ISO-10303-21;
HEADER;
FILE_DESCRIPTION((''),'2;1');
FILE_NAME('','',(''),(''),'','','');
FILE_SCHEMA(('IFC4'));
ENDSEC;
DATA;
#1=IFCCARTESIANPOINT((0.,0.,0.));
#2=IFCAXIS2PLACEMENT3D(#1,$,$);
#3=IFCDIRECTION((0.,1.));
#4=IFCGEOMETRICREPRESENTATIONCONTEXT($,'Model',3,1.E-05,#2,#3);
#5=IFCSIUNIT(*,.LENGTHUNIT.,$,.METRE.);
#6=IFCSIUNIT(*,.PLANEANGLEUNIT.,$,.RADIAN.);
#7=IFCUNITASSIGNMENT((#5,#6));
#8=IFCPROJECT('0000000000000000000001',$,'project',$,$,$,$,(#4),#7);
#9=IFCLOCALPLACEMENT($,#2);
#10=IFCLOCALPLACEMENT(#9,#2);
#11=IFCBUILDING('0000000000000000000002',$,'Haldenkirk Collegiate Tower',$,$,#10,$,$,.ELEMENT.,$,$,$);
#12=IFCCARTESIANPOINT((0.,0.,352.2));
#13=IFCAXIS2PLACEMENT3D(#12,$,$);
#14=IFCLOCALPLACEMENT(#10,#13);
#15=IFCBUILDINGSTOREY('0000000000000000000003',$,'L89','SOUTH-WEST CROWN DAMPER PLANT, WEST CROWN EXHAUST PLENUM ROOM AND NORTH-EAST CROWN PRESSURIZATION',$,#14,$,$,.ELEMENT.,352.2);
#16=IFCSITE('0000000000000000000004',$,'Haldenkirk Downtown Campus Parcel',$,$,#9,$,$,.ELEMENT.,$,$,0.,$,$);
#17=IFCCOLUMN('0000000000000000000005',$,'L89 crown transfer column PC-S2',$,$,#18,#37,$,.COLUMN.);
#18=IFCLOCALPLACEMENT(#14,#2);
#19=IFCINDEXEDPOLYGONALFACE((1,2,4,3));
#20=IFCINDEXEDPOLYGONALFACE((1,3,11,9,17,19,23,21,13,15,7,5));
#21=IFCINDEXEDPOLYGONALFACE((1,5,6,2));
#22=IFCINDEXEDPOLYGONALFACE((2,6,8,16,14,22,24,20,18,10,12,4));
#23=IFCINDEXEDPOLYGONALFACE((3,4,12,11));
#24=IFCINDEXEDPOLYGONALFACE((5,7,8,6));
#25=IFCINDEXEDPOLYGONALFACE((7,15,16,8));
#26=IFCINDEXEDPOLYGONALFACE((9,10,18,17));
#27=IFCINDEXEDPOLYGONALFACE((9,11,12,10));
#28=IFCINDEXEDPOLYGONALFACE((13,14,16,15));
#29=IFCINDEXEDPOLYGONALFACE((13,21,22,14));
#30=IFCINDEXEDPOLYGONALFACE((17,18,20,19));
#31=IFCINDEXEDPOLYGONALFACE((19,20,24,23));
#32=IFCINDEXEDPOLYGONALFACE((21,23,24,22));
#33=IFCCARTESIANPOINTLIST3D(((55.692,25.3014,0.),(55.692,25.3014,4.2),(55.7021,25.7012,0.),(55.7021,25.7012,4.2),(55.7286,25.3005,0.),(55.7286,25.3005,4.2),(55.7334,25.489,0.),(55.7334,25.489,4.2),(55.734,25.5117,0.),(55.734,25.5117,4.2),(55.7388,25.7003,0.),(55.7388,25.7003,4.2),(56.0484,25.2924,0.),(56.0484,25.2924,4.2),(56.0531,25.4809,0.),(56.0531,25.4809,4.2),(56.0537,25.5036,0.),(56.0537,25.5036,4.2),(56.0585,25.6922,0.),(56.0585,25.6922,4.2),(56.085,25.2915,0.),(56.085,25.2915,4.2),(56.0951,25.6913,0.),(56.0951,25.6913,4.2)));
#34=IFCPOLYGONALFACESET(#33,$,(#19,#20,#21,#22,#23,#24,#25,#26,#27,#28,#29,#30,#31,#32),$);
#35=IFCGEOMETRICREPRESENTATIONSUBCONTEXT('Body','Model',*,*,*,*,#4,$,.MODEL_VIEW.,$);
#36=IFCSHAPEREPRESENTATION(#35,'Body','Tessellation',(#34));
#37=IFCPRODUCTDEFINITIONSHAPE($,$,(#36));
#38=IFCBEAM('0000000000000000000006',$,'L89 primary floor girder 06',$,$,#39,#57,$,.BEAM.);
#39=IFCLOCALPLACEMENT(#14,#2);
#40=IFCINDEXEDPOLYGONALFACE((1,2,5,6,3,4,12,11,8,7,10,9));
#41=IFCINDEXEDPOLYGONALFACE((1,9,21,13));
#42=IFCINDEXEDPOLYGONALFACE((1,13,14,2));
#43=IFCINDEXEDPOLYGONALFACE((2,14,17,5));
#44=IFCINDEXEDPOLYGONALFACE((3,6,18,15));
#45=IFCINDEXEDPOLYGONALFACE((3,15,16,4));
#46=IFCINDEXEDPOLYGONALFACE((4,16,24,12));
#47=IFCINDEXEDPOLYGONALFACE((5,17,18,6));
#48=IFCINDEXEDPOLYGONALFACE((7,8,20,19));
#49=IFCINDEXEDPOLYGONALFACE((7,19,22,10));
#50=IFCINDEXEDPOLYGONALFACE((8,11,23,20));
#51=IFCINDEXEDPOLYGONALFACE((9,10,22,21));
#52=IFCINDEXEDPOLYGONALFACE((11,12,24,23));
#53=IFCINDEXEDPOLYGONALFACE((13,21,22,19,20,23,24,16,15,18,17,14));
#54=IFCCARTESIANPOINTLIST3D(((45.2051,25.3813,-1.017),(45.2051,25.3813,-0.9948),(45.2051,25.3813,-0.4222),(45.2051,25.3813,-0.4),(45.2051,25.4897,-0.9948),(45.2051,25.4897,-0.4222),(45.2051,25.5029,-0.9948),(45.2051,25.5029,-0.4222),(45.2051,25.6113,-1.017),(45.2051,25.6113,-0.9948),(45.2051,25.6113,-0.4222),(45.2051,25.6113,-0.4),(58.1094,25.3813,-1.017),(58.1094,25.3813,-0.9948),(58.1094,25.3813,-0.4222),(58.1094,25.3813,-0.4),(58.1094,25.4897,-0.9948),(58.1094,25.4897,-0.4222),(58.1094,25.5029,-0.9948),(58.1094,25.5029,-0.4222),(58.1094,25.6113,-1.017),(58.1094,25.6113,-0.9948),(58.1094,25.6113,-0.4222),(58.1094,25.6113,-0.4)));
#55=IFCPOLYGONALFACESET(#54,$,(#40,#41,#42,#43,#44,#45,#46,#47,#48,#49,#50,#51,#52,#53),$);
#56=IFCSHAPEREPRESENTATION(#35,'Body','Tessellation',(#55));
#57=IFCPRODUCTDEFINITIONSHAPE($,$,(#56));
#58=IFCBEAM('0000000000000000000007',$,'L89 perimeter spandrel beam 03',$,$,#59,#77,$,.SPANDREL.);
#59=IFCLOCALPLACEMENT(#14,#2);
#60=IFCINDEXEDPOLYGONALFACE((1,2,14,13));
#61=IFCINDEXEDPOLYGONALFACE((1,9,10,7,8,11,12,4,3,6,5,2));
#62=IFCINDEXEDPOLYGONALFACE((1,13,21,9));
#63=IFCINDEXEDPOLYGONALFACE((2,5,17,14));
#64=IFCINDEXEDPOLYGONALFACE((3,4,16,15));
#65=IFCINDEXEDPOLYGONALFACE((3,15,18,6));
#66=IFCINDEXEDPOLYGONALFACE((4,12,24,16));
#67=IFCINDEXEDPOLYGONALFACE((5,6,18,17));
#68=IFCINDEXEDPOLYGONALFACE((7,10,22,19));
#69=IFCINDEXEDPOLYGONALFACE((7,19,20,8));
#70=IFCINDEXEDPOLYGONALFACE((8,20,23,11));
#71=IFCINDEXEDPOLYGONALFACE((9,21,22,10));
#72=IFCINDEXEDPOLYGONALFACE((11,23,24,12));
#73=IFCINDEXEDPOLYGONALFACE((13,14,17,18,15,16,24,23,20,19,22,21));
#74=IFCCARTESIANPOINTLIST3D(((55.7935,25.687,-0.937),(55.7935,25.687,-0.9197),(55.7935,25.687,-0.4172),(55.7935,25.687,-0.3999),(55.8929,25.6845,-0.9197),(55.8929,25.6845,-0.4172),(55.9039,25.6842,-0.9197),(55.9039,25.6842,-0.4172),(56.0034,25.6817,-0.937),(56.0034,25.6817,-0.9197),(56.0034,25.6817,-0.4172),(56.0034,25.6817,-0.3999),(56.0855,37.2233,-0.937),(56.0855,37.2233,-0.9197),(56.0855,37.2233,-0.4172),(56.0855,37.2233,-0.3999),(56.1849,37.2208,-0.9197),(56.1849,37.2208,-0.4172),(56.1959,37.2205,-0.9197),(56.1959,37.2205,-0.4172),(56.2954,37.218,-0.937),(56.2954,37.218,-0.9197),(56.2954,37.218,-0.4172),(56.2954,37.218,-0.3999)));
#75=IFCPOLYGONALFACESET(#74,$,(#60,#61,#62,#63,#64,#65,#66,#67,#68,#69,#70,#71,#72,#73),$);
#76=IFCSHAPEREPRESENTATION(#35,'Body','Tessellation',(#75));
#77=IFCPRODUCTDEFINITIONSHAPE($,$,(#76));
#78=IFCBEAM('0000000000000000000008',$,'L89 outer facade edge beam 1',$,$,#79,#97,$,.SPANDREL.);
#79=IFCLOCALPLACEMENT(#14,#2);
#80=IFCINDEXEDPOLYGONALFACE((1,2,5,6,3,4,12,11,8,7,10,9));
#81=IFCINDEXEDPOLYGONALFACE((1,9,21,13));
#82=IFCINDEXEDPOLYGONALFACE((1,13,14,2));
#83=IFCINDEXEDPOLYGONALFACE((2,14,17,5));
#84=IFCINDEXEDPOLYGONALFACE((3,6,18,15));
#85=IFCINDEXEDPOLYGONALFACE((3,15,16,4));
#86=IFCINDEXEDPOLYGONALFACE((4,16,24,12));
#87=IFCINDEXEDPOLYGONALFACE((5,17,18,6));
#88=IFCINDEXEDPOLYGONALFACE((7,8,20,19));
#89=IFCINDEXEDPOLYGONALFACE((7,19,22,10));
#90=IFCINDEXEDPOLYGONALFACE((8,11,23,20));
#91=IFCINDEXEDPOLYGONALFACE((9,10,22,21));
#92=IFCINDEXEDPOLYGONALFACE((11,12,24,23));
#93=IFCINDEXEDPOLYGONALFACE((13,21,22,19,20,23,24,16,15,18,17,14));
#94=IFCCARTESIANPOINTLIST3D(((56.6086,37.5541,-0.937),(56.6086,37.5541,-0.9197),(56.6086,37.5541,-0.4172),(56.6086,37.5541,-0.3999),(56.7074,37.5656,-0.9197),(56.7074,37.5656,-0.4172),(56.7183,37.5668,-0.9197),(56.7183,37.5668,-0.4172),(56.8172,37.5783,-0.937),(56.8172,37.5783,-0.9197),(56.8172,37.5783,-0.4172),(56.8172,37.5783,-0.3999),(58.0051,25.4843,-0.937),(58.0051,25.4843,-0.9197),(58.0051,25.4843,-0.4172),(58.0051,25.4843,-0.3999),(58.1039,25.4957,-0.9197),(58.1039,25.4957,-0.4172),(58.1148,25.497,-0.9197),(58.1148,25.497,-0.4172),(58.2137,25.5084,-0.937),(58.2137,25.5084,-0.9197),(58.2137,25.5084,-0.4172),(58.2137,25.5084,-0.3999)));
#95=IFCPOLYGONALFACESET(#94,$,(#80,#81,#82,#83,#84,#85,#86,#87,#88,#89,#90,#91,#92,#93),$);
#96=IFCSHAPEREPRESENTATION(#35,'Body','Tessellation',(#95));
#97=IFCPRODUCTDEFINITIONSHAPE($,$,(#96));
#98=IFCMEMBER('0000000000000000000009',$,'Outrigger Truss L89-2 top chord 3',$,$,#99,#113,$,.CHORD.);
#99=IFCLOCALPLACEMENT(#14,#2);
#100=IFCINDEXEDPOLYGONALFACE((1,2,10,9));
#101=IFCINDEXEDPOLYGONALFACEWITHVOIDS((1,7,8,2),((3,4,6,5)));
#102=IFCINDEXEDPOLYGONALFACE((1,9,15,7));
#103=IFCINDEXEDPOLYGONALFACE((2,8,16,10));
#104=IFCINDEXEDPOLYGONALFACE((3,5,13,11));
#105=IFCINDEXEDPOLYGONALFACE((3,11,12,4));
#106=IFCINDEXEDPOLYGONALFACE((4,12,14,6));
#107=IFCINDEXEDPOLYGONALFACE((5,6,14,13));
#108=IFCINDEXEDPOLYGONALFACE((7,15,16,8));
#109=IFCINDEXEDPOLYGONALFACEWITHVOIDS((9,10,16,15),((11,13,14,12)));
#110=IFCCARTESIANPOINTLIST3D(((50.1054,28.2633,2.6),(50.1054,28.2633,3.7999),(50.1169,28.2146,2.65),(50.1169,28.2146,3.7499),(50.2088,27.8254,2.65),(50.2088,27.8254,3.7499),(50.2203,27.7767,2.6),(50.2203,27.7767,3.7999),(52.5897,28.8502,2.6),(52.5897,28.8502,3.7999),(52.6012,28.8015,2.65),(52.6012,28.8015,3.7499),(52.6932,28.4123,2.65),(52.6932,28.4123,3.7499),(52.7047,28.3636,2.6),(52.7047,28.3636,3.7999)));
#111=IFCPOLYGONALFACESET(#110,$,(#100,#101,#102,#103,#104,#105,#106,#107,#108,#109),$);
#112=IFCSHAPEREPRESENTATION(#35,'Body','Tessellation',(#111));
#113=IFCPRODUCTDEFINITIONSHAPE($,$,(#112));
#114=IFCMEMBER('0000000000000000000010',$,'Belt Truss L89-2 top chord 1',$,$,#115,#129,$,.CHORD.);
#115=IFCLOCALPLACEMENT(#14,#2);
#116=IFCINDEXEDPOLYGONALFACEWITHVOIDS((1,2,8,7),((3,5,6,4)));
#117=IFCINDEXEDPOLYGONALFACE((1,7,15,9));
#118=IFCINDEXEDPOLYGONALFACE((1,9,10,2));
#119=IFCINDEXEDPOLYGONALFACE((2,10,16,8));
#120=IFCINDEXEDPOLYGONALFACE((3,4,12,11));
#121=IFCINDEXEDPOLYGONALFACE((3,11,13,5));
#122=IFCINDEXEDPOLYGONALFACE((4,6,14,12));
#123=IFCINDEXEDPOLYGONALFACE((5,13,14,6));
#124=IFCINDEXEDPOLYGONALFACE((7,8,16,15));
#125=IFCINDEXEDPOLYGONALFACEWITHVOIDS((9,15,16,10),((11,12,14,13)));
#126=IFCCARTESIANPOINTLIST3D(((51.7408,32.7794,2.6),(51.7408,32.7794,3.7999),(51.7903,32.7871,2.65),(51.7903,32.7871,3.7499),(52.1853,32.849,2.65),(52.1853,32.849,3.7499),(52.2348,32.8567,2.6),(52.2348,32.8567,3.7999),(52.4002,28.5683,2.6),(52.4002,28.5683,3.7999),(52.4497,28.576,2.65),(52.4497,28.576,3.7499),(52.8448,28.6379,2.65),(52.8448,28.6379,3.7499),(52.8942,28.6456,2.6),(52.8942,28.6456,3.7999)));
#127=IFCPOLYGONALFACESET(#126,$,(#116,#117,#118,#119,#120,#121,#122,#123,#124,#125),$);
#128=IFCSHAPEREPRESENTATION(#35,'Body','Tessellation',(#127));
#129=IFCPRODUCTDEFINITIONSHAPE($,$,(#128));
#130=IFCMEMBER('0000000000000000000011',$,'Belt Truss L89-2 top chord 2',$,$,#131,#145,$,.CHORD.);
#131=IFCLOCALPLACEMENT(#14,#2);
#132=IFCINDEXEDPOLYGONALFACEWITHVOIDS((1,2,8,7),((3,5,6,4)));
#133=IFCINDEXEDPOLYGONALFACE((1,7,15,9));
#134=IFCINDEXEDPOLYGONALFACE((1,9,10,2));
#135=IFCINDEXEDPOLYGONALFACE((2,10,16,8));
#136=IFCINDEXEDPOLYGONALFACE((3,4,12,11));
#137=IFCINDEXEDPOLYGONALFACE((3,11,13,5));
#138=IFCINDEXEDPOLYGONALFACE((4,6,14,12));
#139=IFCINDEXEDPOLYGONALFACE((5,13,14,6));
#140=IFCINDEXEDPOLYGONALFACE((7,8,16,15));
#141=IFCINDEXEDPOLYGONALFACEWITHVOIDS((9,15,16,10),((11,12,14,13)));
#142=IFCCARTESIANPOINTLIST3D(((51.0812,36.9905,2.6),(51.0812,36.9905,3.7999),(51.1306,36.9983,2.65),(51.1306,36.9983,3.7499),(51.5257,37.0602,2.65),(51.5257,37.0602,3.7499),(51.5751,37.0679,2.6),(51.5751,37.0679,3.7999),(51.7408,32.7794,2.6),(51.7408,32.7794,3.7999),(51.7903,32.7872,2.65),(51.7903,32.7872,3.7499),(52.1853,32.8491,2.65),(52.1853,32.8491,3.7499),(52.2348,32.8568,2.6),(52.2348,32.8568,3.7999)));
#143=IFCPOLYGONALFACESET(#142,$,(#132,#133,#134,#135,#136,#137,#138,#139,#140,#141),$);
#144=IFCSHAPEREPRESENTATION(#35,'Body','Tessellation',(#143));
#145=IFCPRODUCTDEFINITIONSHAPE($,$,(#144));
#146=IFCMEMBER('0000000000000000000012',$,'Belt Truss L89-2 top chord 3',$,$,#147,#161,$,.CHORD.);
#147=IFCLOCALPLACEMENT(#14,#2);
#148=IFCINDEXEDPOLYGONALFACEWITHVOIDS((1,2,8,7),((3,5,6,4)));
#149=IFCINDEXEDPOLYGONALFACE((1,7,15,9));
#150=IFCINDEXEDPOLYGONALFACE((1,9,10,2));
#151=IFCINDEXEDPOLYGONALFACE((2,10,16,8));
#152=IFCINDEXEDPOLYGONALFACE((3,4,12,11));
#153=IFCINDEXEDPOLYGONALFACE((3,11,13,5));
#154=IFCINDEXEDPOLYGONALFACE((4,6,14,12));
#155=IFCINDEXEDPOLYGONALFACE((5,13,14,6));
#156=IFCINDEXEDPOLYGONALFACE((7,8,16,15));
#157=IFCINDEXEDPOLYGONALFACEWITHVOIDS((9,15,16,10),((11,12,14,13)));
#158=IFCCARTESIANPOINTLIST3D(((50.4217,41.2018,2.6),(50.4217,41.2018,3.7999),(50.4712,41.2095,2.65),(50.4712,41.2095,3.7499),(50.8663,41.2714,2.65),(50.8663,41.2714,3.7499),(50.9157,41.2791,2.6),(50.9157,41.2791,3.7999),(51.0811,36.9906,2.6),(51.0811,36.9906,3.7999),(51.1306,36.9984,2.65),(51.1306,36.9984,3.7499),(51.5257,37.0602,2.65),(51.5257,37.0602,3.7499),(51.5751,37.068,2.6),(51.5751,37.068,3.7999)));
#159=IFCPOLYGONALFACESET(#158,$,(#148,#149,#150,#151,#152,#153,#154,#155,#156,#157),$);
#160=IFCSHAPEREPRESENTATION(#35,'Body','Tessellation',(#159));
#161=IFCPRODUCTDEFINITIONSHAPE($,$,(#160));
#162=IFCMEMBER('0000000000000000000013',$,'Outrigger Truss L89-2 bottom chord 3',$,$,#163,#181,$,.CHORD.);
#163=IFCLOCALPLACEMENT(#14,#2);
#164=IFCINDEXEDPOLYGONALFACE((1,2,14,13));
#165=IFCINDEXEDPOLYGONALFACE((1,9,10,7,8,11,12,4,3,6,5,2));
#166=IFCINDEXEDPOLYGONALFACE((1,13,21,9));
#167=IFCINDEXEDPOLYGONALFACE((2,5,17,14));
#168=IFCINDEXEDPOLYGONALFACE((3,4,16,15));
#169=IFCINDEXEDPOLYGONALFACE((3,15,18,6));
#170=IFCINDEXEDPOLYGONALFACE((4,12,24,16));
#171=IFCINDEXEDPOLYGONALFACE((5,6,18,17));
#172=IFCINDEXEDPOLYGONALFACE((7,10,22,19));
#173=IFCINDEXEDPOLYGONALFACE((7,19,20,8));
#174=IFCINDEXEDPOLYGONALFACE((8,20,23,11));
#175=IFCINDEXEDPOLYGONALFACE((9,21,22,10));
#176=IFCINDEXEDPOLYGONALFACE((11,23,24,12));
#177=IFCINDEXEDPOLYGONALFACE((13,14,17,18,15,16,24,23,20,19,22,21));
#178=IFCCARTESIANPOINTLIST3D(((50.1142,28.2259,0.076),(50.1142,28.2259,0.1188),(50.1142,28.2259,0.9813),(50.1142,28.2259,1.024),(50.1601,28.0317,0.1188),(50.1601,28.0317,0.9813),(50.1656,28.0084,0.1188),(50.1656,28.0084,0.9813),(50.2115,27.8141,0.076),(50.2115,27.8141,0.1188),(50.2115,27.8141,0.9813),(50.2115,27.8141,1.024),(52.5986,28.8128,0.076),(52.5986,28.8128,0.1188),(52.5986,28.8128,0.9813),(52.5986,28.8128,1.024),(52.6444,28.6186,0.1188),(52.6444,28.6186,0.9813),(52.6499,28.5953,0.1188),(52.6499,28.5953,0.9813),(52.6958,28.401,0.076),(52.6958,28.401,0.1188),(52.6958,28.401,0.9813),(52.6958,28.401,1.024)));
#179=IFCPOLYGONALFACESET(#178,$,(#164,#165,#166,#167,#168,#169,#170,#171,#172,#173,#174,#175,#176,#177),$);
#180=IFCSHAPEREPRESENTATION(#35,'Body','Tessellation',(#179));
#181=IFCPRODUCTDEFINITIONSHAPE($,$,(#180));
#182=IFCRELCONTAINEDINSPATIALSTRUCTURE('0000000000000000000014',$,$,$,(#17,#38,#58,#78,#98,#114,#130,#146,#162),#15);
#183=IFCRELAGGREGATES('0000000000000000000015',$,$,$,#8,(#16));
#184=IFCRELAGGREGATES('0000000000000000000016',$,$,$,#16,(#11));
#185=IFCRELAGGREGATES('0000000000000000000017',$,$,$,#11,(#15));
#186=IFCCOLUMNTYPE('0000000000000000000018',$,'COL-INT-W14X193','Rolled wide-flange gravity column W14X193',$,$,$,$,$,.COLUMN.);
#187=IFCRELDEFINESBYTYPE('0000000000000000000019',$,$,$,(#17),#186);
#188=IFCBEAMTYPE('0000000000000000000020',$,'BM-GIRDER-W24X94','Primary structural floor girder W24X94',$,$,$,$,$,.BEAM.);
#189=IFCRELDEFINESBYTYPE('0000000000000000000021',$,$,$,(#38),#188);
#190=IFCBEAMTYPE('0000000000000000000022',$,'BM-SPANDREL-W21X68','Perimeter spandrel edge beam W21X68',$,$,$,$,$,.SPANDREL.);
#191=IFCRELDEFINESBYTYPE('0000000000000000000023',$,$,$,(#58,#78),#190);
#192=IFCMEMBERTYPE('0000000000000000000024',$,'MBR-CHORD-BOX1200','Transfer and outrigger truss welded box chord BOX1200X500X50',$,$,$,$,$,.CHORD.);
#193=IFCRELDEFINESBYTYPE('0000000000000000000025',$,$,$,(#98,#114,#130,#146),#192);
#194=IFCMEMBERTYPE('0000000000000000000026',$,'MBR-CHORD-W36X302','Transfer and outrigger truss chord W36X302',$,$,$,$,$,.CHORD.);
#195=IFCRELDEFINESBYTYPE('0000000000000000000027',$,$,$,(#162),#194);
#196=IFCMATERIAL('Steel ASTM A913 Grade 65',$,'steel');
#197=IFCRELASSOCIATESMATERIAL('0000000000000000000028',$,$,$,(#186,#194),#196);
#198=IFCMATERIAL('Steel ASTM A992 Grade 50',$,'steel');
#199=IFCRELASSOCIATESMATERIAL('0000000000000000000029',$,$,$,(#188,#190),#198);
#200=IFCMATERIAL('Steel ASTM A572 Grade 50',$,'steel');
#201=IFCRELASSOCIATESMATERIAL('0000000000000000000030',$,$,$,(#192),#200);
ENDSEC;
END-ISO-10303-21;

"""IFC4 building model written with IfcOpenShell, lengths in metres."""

from ifc_helpers import new_model, si_unit, direction, frame, origin, origin_2d, place, context, subcontext, project, spatial, hollow_rectangle, i_section, extrude, material, material_profile, profile_set, type_object, element, save


model = new_model("IFC4")

# Units and contexts
model_context = context("Model", 3, precision=1e-05, world=origin(), true_north=direction((0.0, 1.0)))
body_context = subcontext(model_context, "Body", "Model", "MODEL_VIEW")
ifc_project = project(units=[si_unit("LENGTHUNIT", "METRE"), si_unit("PLANEANGLEUNIT", "RADIAN")], contexts=[model_context])

# Site, building, storey
site_placement = place(None, origin())
site = spatial("IfcSite", under=ifc_project, at=site_placement, Name="Haldenkirk Downtown Campus Parcel", CompositionType="ELEMENT", RefElevation=0.0)
building_placement = place(site_placement, origin())
building = spatial("IfcBuilding", under=site, at=building_placement, Name="Haldenkirk Collegiate Tower", CompositionType="ELEMENT")
storey_placement = place(building_placement, frame((0.0, 0.0, 352.2)))
storey = spatial("IfcBuildingStorey", under=building, at=storey_placement, Name="L89", Description="SOUTH-WEST CROWN DAMPER PLANT, WEST CROWN EXHAUST PLENUM ROOM AND NORTH-EAST CROWN PRESSURIZATION", CompositionType="ELEMENT", Elevation=352.2)

# Column
ifc_material_1 = material(Name="Steel ASTM A913 Grade 65", Category="steel")
ifc_material_profile_1 = material_profile(ifc_material_1, i_section(OverallWidth=0.3999, OverallDepth=0.3931, WebThickness=0.0227, FlangeThickness=0.0366, at=origin_2d()), Name="W14X193")
ifc_profile_set_1 = profile_set([ifc_material_profile_1], Name="Steel ASTM A913 Grade 65")
column_type = type_object("IfcColumnType", Name="COL-INT-W14X193", Description="Rolled wide-flange gravity column W14X193", PredefinedType="COLUMN", material=ifc_profile_set_1)
column_placement = place(storey_placement, frame((55.8936, 25.4963, 0.0), z_axis=(0.0, 0.0, 1.0), x_axis=(0.025305, 0.99968, 0.0)))
element("IfcColumn", 1, at=column_placement, inside=storey, type_object=column_type, Name="L89 crown transfer column PC-S2", PredefinedType="COLUMN", context=body_context, shape_type="SweptSolid", body=[
    extrude(i_section(OverallWidth=0.3999, OverallDepth=0.3931, WebThickness=0.0227, FlangeThickness=0.0366, at=origin_2d()), origin(), (0.0, 0.0, 1.0), 4.2),
])

# Beams
ifc_material_2 = material(Name="Steel ASTM A992 Grade 50", Category="steel")
ifc_material_profile_2 = material_profile(ifc_material_2, i_section(OverallWidth=0.23, OverallDepth=0.6169, WebThickness=0.0132, FlangeThickness=0.0222, at=origin_2d()), Name="W24X94")
ifc_profile_set_2 = profile_set([ifc_material_profile_2], Name="Steel ASTM A992 Grade 50")
beam_type_1 = type_object("IfcBeamType", Name="BM-GIRDER-W24X94", Description="Primary structural floor girder W24X94", PredefinedType="BEAM", material=ifc_profile_set_2)
beam_1_placement = place(storey_placement, frame((58.1094, 25.4963, -0.7085), z_axis=(-1.0, 0.0, 0.0), x_axis=(0.0, -1.0, 0.0)))
element("IfcBeam", 2, at=beam_1_placement, inside=storey, type_object=beam_type_1, Name="L89 primary floor girder 06", PredefinedType="BEAM", context=body_context, shape_type="SweptSolid", body=[
    extrude(i_section(OverallWidth=0.23, OverallDepth=0.6169, WebThickness=0.0132, FlangeThickness=0.0222, at=origin_2d()), origin(), (0.0, 0.0, 1.0), 12.9043),
])
ifc_material_profile_3 = material_profile(ifc_material_2, i_section(OverallWidth=0.21, OverallDepth=0.5371, WebThickness=0.011, FlangeThickness=0.0173, at=origin_2d()), Name="W21X68")
ifc_profile_set_3 = profile_set([ifc_material_profile_3], Name="Steel ASTM A992 Grade 50")
beam_type_2 = type_object("IfcBeamType", Name="BM-SPANDREL-W21X68", Description="Perimeter spandrel edge beam W21X68", PredefinedType="SPANDREL", material=ifc_profile_set_3)
beam_2_placement = place(storey_placement, frame((55.8984, 25.6843, -0.6685), z_axis=(0.025302, 0.99968, 0.0), x_axis=(-0.99968, 0.025302, 0.0)))
element("IfcBeam", 3, at=beam_2_placement, inside=storey, type_object=beam_type_2, Name="L89 perimeter spandrel beam 03", PredefinedType="SPANDREL", context=body_context, shape_type="SweptSolid", body=[
    extrude(i_section(OverallWidth=0.21, OverallDepth=0.5371, WebThickness=0.011, FlangeThickness=0.0173, at=origin_2d()), origin(), (0.0, 0.0, 1.0), 11.54),
])
beam_3_placement = place(storey_placement, frame((58.1094, 25.4963, -0.6685), z_axis=(-0.114934, 0.993373, 0.0), x_axis=(-0.993373, -0.114934, 0.0)))
element("IfcBeam", 4, at=beam_3_placement, inside=storey, type_object=beam_type_2, Name="L89 outer facade edge beam 1", PredefinedType="SPANDREL", context=body_context, shape_type="SweptSolid", body=[
    extrude(i_section(OverallWidth=0.21, OverallDepth=0.5371, WebThickness=0.011, FlangeThickness=0.0173, at=origin_2d()), origin(), (0.0, 0.0, 1.0), 12.1504),
])

# Members
ifc_material_3 = material(Name="Steel ASTM A572 Grade 50", Category="steel")
ifc_material_profile_4 = material_profile(ifc_material_3, hollow_rectangle(XDim=0.5, YDim=1.2, WallThickness=0.05, at=origin_2d()), Name="BOX1200X500X50")
ifc_profile_set_4 = profile_set([ifc_material_profile_4], Name="Steel ASTM A572 Grade 50")
member_type_1 = type_object("IfcMemberType", Name="MBR-CHORD-BOX1200", Description="Transfer and outrigger truss welded box chord BOX1200X500X50", PredefinedType="CHORD", material=ifc_profile_set_4)
member_1_placement = place(storey_placement, frame((50.1628, 28.02, 3.2), z_axis=(0.973211, 0.229913, 0.0), x_axis=(-0.229913, 0.973211, 0.0)))
element("IfcMember", 5, at=member_1_placement, inside=storey, type_object=member_type_1, Name="Outrigger Truss L89-2 top chord 3", PredefinedType="CHORD", context=body_context, shape_type="SweptSolid", body=[
    extrude(hollow_rectangle(XDim=0.5, YDim=1.2, WallThickness=0.05, at=origin_2d()), origin(), (0.0, 0.0, 1.0), 2.5527),
])
for number, where, z_axis, x_axis, name in (
    (6, (52.6472, 28.6069, 3.2), (-0.154704, 0.987961, 0.0), (-0.987961, -0.154704, 0.0), "Belt Truss L89-2 top chord 1"),
    (7, (51.9878, 32.8181, 3.2), (-0.15476, 0.987952, 0.0), (-0.987952, -0.15476, 0.0), "Belt Truss L89-2 top chord 2"),
    (8, (51.3281, 37.0293, 3.2), (-0.154704, 0.987961, 0.0), (-0.987961, -0.154704, 0.0), "Belt Truss L89-2 top chord 3"),
):
    element("IfcMember", number, at=place(storey_placement, frame(where, z_axis=z_axis, x_axis=x_axis)), inside=storey, type_object=member_type_1, Name=name, PredefinedType="CHORD", context=body_context, shape_type="SweptSolid", body=[
        extrude(hollow_rectangle(XDim=0.5, YDim=1.2, WallThickness=0.05, at=origin_2d()), origin(), (0.0, 0.0, 1.0), 4.2625),
    ])
ifc_material_profile_5 = material_profile(ifc_material_1, i_section(OverallWidth=0.4231, OverallDepth=0.948, WebThickness=0.0239, FlangeThickness=0.0427, at=origin_2d()), Name="W36X302")
ifc_profile_set_5 = profile_set([ifc_material_profile_5], Name="Steel ASTM A913 Grade 65")
member_type_2 = type_object("IfcMemberType", Name="MBR-CHORD-W36X302", Description="Transfer and outrigger truss chord W36X302", PredefinedType="CHORD", material=ifc_profile_set_5)
member_2_placement = place(storey_placement, frame((50.1628, 28.02, 0.55), z_axis=(0.973211, 0.229913, 0.0), x_axis=(-0.229913, 0.973211, 0.0)))
element("IfcMember", 9, at=member_2_placement, inside=storey, type_object=member_type_2, Name="Outrigger Truss L89-2 bottom chord 3", PredefinedType="CHORD", context=body_context, shape_type="SweptSolid", body=[
    extrude(i_section(OverallWidth=0.4231, OverallDepth=0.948, WebThickness=0.0239, FlangeThickness=0.0427, at=origin_2d()), origin(), (0.0, 0.0, 1.0), 2.5527),
])

save(model, "model.ifc")
